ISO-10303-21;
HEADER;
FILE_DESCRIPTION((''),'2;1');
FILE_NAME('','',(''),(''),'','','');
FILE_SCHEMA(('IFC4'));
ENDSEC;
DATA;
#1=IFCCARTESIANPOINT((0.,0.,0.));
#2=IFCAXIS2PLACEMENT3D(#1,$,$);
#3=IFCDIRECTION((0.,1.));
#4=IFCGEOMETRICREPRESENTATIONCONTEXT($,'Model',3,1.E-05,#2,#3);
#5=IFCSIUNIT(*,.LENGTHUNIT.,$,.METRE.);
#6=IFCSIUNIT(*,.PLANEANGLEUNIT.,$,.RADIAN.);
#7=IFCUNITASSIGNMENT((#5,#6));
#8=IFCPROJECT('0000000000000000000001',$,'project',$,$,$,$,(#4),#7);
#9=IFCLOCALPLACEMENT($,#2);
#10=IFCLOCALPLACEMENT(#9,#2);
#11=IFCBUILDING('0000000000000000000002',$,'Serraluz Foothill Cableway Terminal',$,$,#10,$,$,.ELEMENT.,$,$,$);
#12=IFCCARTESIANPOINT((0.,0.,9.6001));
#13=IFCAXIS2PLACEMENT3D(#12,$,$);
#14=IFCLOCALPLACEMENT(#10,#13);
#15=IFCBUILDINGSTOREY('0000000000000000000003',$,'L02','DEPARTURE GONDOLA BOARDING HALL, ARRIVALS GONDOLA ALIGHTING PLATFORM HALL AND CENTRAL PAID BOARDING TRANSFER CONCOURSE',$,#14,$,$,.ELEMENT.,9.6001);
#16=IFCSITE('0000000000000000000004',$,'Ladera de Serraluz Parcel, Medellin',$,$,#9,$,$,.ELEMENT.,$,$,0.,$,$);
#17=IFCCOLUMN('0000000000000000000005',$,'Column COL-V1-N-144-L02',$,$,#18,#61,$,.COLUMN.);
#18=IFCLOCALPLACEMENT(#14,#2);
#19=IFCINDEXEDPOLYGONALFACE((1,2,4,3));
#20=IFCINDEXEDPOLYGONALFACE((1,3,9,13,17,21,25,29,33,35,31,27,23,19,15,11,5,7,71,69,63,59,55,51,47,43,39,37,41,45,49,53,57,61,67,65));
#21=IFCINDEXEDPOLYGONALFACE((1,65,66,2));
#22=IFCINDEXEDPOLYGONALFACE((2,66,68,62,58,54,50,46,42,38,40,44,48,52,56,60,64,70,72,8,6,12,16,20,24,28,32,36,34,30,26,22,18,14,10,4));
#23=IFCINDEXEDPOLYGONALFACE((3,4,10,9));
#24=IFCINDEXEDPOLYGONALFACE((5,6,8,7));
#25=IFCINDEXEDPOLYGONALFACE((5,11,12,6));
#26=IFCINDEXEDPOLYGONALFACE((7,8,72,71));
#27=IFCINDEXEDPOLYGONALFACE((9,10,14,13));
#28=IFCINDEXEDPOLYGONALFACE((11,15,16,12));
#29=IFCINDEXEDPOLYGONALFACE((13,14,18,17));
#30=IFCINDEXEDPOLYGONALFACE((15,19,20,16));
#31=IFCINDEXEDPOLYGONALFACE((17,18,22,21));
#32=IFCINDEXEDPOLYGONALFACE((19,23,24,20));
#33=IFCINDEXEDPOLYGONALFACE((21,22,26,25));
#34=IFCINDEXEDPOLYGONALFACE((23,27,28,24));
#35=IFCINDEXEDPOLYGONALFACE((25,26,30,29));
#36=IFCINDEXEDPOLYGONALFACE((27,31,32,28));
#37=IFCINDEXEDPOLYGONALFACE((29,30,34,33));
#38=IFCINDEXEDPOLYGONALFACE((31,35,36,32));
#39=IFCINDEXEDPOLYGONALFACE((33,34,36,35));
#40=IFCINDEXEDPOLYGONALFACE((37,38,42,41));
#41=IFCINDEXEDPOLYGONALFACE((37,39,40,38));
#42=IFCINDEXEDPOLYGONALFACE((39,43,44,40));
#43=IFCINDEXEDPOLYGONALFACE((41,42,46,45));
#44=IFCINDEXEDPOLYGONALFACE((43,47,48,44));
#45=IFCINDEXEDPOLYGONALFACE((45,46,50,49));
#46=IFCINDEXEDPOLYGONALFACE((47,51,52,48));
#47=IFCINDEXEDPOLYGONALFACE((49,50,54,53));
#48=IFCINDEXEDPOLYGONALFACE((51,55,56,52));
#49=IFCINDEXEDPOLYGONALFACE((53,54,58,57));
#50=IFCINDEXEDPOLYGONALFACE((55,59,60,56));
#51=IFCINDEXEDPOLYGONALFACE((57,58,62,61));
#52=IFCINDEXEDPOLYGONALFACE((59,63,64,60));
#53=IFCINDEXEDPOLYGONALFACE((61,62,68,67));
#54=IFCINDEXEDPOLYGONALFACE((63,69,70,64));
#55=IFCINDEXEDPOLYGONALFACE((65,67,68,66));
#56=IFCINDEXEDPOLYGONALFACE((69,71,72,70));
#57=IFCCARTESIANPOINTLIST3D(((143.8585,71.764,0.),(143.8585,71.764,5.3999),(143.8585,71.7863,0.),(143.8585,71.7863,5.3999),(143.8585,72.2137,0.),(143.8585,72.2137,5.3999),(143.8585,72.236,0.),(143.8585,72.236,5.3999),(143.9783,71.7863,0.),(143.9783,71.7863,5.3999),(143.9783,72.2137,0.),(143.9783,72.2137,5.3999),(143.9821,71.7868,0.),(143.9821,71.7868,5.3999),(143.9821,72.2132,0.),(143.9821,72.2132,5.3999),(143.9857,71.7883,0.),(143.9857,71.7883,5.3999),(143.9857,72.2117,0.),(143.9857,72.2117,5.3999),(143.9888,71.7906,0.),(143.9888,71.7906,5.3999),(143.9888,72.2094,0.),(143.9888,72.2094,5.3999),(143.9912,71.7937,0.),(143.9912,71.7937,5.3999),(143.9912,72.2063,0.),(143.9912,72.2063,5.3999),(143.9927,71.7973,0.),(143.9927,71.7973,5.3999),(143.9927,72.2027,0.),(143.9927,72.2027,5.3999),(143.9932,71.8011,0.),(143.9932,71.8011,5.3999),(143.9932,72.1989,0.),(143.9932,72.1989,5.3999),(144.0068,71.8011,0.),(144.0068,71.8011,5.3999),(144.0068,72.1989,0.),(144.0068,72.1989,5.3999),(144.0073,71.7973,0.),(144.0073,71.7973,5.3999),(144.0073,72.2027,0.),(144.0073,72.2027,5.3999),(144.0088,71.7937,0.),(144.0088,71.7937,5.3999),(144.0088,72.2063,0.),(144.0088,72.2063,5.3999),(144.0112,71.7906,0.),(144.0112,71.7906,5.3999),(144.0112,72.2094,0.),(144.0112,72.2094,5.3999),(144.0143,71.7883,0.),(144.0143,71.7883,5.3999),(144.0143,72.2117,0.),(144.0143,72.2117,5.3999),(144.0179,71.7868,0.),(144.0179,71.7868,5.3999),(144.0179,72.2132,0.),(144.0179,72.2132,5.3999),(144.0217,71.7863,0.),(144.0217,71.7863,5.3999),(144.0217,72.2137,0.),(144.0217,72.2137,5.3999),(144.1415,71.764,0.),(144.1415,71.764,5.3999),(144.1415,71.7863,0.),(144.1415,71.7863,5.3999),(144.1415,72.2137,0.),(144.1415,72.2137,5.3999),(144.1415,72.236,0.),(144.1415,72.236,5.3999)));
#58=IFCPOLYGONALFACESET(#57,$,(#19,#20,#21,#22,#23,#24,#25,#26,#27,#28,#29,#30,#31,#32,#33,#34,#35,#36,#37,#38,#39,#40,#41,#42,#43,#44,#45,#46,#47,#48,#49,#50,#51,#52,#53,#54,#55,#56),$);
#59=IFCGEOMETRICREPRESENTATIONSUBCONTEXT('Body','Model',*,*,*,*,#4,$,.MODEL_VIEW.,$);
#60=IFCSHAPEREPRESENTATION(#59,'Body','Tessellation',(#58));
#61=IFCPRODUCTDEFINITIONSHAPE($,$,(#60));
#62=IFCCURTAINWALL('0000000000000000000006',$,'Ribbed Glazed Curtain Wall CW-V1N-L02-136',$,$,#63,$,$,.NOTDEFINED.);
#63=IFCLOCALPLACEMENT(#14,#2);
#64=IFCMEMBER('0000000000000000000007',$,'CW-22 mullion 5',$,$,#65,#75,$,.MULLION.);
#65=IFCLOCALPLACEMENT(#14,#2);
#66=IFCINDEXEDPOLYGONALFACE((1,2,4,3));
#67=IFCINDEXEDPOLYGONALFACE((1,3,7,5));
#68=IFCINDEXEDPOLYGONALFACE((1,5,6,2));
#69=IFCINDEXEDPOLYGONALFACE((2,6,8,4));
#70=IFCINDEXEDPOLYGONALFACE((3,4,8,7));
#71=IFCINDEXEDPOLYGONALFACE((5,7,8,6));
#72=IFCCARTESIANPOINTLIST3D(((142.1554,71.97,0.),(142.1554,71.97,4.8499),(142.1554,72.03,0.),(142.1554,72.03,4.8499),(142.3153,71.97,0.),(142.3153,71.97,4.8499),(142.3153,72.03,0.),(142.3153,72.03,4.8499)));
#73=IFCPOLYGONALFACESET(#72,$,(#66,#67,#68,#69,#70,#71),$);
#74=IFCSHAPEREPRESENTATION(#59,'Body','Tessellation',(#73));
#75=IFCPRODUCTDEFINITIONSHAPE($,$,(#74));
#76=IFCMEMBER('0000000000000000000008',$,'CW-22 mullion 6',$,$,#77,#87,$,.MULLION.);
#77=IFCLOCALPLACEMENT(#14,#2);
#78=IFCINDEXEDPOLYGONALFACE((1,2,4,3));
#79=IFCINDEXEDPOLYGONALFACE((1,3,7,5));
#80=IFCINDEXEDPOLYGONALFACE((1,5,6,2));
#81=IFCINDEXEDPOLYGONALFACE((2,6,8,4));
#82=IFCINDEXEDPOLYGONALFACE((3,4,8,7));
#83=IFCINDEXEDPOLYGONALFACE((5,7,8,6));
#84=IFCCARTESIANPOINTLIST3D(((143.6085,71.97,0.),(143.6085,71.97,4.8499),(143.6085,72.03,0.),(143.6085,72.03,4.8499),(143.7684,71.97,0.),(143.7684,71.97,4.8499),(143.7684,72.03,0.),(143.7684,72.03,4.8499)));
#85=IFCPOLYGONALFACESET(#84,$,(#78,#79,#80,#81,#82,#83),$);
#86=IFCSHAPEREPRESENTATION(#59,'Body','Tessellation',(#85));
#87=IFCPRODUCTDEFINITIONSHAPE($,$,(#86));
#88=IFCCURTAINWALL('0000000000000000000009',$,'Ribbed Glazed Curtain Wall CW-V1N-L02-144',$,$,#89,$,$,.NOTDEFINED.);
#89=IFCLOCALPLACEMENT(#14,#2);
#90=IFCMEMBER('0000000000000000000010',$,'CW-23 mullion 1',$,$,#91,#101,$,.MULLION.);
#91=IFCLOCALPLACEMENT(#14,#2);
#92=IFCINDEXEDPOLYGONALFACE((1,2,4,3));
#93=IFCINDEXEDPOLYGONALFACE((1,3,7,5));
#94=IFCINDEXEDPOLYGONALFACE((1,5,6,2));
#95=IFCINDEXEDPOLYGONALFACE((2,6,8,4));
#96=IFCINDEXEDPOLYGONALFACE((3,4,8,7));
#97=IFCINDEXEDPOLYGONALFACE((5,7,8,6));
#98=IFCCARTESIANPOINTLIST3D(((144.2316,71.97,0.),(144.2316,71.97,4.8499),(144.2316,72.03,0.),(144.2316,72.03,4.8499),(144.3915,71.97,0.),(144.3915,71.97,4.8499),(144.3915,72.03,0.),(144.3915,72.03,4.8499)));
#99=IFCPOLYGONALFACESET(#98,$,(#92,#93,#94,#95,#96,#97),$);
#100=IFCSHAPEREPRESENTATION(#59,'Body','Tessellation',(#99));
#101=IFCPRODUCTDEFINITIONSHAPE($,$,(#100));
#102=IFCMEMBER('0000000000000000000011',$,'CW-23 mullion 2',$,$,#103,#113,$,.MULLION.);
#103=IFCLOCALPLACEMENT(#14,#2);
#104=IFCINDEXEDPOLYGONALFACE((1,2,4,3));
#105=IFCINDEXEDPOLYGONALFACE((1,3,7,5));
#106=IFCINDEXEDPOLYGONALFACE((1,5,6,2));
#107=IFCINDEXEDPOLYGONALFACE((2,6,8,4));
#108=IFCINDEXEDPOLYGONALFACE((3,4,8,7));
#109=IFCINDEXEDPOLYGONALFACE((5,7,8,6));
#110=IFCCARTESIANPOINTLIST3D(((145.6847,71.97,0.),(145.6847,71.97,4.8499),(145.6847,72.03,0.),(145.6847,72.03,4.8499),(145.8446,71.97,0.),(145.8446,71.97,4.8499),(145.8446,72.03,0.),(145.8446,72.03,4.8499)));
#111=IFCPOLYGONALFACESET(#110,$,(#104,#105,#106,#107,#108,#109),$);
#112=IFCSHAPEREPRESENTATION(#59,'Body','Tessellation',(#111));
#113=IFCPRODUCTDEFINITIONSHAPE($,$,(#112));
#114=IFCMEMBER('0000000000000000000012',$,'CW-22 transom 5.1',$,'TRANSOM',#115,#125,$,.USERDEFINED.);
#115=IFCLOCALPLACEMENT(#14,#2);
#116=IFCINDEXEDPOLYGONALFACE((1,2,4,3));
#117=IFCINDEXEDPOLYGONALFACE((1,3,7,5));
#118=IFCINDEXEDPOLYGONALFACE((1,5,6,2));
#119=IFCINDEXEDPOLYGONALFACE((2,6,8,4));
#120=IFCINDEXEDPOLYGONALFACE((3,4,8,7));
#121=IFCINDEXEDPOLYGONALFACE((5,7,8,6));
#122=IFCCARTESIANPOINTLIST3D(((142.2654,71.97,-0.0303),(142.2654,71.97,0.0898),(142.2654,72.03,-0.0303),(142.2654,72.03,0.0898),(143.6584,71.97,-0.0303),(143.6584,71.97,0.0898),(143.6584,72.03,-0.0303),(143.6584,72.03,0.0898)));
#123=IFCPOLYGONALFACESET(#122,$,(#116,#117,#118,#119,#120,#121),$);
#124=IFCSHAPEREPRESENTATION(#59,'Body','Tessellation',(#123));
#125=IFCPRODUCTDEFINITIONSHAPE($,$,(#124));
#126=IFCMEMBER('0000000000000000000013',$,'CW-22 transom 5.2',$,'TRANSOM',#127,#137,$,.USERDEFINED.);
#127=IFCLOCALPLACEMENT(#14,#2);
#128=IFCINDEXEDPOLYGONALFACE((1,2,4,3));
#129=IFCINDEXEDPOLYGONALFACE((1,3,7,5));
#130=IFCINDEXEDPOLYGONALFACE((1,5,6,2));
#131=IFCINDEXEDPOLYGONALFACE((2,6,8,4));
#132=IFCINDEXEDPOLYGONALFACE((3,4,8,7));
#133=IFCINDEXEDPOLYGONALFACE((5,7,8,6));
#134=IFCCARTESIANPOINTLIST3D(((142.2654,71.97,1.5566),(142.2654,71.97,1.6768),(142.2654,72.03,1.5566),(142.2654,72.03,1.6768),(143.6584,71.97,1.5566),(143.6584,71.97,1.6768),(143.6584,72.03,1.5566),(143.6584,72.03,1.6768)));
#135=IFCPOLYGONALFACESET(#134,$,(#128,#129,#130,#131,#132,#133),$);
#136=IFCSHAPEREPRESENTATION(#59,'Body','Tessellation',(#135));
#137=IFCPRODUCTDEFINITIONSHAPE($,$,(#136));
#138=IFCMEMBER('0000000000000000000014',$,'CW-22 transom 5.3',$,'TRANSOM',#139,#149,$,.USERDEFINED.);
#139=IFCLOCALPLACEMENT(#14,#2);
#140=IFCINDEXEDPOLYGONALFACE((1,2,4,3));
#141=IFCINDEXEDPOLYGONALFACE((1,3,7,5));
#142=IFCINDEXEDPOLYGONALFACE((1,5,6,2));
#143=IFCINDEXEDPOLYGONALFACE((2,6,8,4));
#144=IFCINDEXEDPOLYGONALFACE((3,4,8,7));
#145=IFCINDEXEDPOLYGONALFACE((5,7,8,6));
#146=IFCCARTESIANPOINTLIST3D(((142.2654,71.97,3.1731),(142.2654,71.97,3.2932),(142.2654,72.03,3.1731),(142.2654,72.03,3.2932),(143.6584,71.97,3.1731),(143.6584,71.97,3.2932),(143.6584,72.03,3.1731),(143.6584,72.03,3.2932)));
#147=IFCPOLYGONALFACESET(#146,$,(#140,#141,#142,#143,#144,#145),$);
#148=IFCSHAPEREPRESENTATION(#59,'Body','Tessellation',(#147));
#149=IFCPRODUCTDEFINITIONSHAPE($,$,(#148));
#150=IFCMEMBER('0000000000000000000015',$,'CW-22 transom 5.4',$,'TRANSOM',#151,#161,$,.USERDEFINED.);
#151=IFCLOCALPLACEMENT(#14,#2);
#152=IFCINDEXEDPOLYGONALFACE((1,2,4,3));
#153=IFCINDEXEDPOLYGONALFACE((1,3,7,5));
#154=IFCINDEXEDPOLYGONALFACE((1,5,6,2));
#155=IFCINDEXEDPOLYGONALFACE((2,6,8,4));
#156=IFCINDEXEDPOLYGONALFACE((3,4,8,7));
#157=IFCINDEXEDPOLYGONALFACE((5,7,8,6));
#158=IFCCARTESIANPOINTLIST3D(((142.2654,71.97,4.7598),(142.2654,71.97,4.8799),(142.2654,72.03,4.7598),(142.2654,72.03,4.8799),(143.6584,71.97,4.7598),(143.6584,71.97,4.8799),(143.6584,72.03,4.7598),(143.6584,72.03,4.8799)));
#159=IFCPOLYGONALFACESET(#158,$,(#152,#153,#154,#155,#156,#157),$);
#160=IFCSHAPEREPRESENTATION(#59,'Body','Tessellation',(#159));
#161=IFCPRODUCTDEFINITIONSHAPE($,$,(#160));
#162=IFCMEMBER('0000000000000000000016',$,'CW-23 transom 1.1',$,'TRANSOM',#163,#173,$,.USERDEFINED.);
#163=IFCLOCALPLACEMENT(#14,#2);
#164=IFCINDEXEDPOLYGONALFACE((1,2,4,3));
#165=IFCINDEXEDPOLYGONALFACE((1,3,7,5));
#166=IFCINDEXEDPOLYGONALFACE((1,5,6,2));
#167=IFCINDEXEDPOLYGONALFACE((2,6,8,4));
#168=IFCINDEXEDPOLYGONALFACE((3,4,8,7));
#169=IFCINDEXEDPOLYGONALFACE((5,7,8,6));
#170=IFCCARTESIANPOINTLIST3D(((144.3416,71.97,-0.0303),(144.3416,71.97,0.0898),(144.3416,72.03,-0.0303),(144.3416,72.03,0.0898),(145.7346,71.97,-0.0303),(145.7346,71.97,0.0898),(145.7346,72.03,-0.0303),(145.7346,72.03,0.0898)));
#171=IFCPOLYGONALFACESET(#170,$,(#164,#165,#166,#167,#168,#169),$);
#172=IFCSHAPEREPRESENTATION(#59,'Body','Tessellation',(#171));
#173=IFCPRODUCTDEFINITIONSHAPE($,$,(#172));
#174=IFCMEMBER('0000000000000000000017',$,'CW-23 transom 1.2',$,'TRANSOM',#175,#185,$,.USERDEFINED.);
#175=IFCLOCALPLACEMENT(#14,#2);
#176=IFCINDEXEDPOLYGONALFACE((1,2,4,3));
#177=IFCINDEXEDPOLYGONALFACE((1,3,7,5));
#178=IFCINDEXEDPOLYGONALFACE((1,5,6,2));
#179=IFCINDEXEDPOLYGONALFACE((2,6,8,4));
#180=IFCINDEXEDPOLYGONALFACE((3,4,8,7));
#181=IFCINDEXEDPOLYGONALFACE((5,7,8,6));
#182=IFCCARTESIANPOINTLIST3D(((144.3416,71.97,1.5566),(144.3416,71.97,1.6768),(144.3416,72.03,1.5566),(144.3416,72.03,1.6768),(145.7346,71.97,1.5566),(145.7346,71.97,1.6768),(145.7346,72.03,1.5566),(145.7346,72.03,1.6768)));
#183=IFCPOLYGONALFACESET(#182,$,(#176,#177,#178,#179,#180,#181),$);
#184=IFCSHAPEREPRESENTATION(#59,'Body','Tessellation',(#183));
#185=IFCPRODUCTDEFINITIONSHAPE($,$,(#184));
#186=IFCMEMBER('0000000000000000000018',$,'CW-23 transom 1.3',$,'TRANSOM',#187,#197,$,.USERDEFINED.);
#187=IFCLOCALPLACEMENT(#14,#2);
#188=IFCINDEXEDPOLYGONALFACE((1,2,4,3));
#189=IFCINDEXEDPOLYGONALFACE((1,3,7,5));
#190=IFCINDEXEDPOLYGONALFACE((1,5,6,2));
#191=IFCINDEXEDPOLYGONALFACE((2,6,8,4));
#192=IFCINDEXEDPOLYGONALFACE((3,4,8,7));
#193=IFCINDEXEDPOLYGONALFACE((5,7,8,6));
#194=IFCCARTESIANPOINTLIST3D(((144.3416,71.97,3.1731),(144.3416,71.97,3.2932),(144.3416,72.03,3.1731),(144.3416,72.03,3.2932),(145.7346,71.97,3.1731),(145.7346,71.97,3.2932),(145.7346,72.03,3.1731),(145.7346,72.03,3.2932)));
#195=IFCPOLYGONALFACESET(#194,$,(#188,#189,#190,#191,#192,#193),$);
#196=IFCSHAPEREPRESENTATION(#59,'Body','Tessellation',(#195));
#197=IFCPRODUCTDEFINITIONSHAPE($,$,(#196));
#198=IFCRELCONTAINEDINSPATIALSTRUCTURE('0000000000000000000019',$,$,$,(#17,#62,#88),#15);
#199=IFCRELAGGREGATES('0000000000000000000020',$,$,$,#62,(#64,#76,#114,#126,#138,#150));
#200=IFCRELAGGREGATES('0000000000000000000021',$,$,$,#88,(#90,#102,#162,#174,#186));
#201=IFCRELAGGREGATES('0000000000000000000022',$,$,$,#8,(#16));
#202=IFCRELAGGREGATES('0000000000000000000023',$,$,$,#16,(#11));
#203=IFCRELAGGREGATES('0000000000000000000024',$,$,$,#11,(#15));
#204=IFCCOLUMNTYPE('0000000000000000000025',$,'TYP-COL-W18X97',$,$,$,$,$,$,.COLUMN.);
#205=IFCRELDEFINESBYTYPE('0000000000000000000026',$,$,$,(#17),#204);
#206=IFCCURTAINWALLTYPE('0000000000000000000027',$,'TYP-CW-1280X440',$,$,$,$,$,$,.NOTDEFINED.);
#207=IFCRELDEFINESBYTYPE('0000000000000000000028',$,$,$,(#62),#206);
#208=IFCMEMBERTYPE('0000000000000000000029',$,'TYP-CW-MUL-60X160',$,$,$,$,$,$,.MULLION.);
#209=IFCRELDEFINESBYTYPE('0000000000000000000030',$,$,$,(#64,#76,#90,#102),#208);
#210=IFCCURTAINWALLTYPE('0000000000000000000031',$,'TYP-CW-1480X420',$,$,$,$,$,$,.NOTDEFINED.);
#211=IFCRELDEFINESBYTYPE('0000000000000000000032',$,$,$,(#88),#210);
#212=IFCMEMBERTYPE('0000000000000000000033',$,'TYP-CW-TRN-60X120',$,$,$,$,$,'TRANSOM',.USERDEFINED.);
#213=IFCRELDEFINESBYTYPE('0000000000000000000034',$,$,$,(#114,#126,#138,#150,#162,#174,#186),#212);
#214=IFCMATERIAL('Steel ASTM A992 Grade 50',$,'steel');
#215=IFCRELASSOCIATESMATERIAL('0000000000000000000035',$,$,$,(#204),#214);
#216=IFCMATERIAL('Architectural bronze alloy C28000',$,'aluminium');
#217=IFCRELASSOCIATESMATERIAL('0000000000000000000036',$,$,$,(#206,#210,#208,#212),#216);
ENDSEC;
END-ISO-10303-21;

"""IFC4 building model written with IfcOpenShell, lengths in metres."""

from ifc_helpers import new_model, si_unit, direction, frame, origin, origin_2d, place, context, subcontext, project, spatial, rectangle, i_section, extrude, material, material_profile, profile_set, type_object, element, aggregate, save


model = new_model("IFC4")

# Units and contexts
model_context = context("Model", 3, precision=1e-05, world=origin(), true_north=direction((0.0, 1.0)))
body_context = subcontext(model_context, "Body", "Model", "MODEL_VIEW")
ifc_project = project(units=[si_unit("LENGTHUNIT", "METRE"), si_unit("PLANEANGLEUNIT", "RADIAN")], contexts=[model_context])

# Site, building, storey
site_placement = place(None, origin())
site = spatial("IfcSite", under=ifc_project, at=site_placement, Name="Ladera de Serraluz Parcel, Medellin", CompositionType="ELEMENT", RefElevation=0.0)
building_placement = place(site_placement, origin())
building = spatial("IfcBuilding", under=site, at=building_placement, Name="Serraluz Foothill Cableway Terminal", CompositionType="ELEMENT")
storey_placement = place(building_placement, frame((0.0, 0.0, 9.6001)))
storey = spatial("IfcBuildingStorey", under=building, at=storey_placement, Name="L02", Description="DEPARTURE GONDOLA BOARDING HALL, ARRIVALS GONDOLA ALIGHTING PLATFORM HALL AND CENTRAL PAID BOARDING TRANSFER CONCOURSE", CompositionType="ELEMENT", Elevation=9.6001)

# Column
ifc_material_1 = material(Name="Steel ASTM A992 Grade 50", Category="steel")
ifc_material_profile_1 = material_profile(ifc_material_1, i_section(OverallWidth=0.283, OverallDepth=0.4719, WebThickness=0.0137, FlangeThickness=0.0222, FilletRadius=0.0149, at=origin_2d()), Name="W18X97")
ifc_profile_set_1 = profile_set([ifc_material_profile_1], Name="Steel ASTM A992 Grade 50")
column_type = type_object("IfcColumnType", Name="TYP-COL-W18X97", PredefinedType="COLUMN", material=ifc_profile_set_1)
column_placement = place(storey_placement, frame((144.0, 72.0, 0.0), z_axis=(0.0, 0.0, 1.0), x_axis=(1.0, 0.0, 0.0)))
element("IfcColumn", 1, at=column_placement, inside=storey, type_object=column_type, Name="Column COL-V1-N-144-L02", PredefinedType="COLUMN", context=body_context, shape_type="SweptSolid", body=[
    extrude(i_section(OverallWidth=0.283, OverallDepth=0.4719, WebThickness=0.0137, FlangeThickness=0.0222, FilletRadius=0.0149, at=origin_2d()), origin(), (0.0, 0.0, 1.0), 5.3999),
])

# Curtain walls, members
ifc_material_2 = material(Name="Architectural bronze alloy C28000", Category="aluminium")
curtain_wall_type_1 = type_object("IfcCurtainWallType", Name="TYP-CW-1280X440", PredefinedType="NOTDEFINED", material=ifc_material_2)
curtain_wall_1_placement = place(storey_placement, origin())
curtain_wall_1 = element("IfcCurtainWall", 2, at=curtain_wall_1_placement, inside=storey, type_object=curtain_wall_type_1, Name="Ribbed Glazed Curtain Wall CW-V1N-L02-136", PredefinedType="NOTDEFINED")
ifc_material_profile_2 = material_profile(ifc_material_2, rectangle(XDim=0.0601, YDim=0.1599, at=origin_2d()), Name="ALU MULLION 60x160")
ifc_profile_set_2 = profile_set([ifc_material_profile_2], Name="Architectural bronze alloy C28000")
member_type_1 = type_object("IfcMemberType", Name="TYP-CW-MUL-60X160", PredefinedType="MULLION", material=ifc_profile_set_2)
member_1_placement = place(storey_placement, frame((142.2354, 72.0, 0.0), z_axis=(0.0, 0.0, 1.0), x_axis=(0.0, 1.0, 0.0)))
member_1 = element("IfcMember", 3, at=member_1_placement, type_object=member_type_1, Name="CW-22 mullion 5", PredefinedType="MULLION", context=body_context, shape_type="SweptSolid", body=[
    extrude(rectangle(XDim=0.0601, YDim=0.1599, at=origin_2d()), origin(), (0.0, 0.0, 1.0), 4.8499),
])
member_2_placement = place(storey_placement, frame((143.6885, 72.0, 0.0), z_axis=(0.0, 0.0, 1.0), x_axis=(0.0, 1.0, 0.0)))
member_2 = element("IfcMember", 4, at=member_2_placement, type_object=member_type_1, Name="CW-22 mullion 6", PredefinedType="MULLION", context=body_context, shape_type="SweptSolid", body=[
    extrude(rectangle(XDim=0.0601, YDim=0.1599, at=origin_2d()), origin(), (0.0, 0.0, 1.0), 4.8499),
])
curtain_wall_type_2 = type_object("IfcCurtainWallType", Name="TYP-CW-1480X420", PredefinedType="NOTDEFINED", material=ifc_material_2)
curtain_wall_2_placement = place(storey_placement, origin())
curtain_wall_2 = element("IfcCurtainWall", 5, at=curtain_wall_2_placement, inside=storey, type_object=curtain_wall_type_2, Name="Ribbed Glazed Curtain Wall CW-V1N-L02-144", PredefinedType="NOTDEFINED")
member_3_placement = place(storey_placement, frame((144.3115, 72.0, 0.0), z_axis=(0.0, 0.0, 1.0), x_axis=(0.0, 1.0, 0.0)))
member_3 = element("IfcMember", 6, at=member_3_placement, type_object=member_type_1, Name="CW-23 mullion 1", PredefinedType="MULLION", context=body_context, shape_type="SweptSolid", body=[
    extrude(rectangle(XDim=0.0601, YDim=0.1599, at=origin_2d()), origin(), (0.0, 0.0, 1.0), 4.8499),
])
member_4_placement = place(storey_placement, frame((145.7646, 72.0, 0.0), z_axis=(0.0, 0.0, 1.0), x_axis=(0.0, 1.0, 0.0)))
member_4 = element("IfcMember", 7, at=member_4_placement, type_object=member_type_1, Name="CW-23 mullion 2", PredefinedType="MULLION", context=body_context, shape_type="SweptSolid", body=[
    extrude(rectangle(XDim=0.0601, YDim=0.1599, at=origin_2d()), origin(), (0.0, 0.0, 1.0), 4.8499),
])

# Members
ifc_material_profile_3 = material_profile(ifc_material_2, rectangle(XDim=0.0601, YDim=0.1201, at=origin_2d()), Name="ALU TRANSOM 60x120")
ifc_profile_set_3 = profile_set([ifc_material_profile_3], Name="Architectural bronze alloy C28000")
member_type_2 = type_object("IfcMemberType", Name="TYP-CW-TRN-60X120", ElementType="TRANSOM", PredefinedType="USERDEFINED", material=ifc_profile_set_3)
member_5_placement = place(storey_placement, frame((142.2654, 72.0, 0.0298), z_axis=(1.0, 0.0, 0.0), x_axis=(0.0, 1.0, 0.0)))
member_5 = element("IfcMember", 8, at=member_5_placement, type_object=member_type_2, Name="CW-22 transom 5.1", ObjectType="TRANSOM", PredefinedType="USERDEFINED", context=body_context, shape_type="SweptSolid", body=[
    extrude(rectangle(XDim=0.0601, YDim=0.1201, at=origin_2d()), origin(), (0.0, 0.0, 1.0), 1.3931),
])
member_6_placement = place(storey_placement, frame((142.2654, 72.0, 1.6167), z_axis=(1.0, 0.0, 0.0), x_axis=(0.0, 1.0, 0.0)))
member_6 = element("IfcMember", 9, at=member_6_placement, type_object=member_type_2, Name="CW-22 transom 5.2", ObjectType="TRANSOM", PredefinedType="USERDEFINED", context=body_context, shape_type="SweptSolid", body=[
    extrude(rectangle(XDim=0.0601, YDim=0.1201, at=origin_2d()), origin(), (0.0, 0.0, 1.0), 1.3931),
])
member_7_placement = place(storey_placement, frame((142.2654, 72.0, 3.2332), z_axis=(1.0, 0.0, 0.0), x_axis=(0.0, 1.0, 0.0)))
member_7 = element("IfcMember", 10, at=member_7_placement, type_object=member_type_2, Name="CW-22 transom 5.3", ObjectType="TRANSOM", PredefinedType="USERDEFINED", context=body_context, shape_type="SweptSolid", body=[
    extrude(rectangle(XDim=0.0601, YDim=0.1201, at=origin_2d()), origin(), (0.0, 0.0, 1.0), 1.3931),
])
member_8_placement = place(storey_placement, frame((142.2654, 72.0, 4.8198), z_axis=(1.0, 0.0, 0.0), x_axis=(0.0, 1.0, 0.0)))
member_8 = element("IfcMember", 11, at=member_8_placement, type_object=member_type_2, Name="CW-22 transom 5.4", ObjectType="TRANSOM", PredefinedType="USERDEFINED", context=body_context, shape_type="SweptSolid", body=[
    extrude(rectangle(XDim=0.0601, YDim=0.1201, at=origin_2d()), origin(), (0.0, 0.0, 1.0), 1.3931),
])
member_9_placement = place(storey_placement, frame((144.3416, 72.0, 0.0298), z_axis=(1.0, 0.0, 0.0), x_axis=(0.0, 1.0, 0.0)))
member_9 = element("IfcMember", 12, at=member_9_placement, type_object=member_type_2, Name="CW-23 transom 1.1", ObjectType="TRANSOM", PredefinedType="USERDEFINED", context=body_context, shape_type="SweptSolid", body=[
    extrude(rectangle(XDim=0.0601, YDim=0.1201, at=origin_2d()), origin(), (0.0, 0.0, 1.0), 1.3931),
])
member_10_placement = place(storey_placement, frame((144.3416, 72.0, 1.6167), z_axis=(1.0, 0.0, 0.0), x_axis=(0.0, 1.0, 0.0)))
member_10 = element("IfcMember", 13, at=member_10_placement, type_object=member_type_2, Name="CW-23 transom 1.2", ObjectType="TRANSOM", PredefinedType="USERDEFINED", context=body_context, shape_type="SweptSolid", body=[
    extrude(rectangle(XDim=0.0601, YDim=0.1201, at=origin_2d()), origin(), (0.0, 0.0, 1.0), 1.3931),
])
member_11_placement = place(storey_placement, frame((144.3416, 72.0, 3.2332), z_axis=(1.0, 0.0, 0.0), x_axis=(0.0, 1.0, 0.0)))
member_11 = element("IfcMember", 14, at=member_11_placement, type_object=member_type_2, Name="CW-23 transom 1.3", ObjectType="TRANSOM", PredefinedType="USERDEFINED", context=body_context, shape_type="SweptSolid", body=[
    extrude(rectangle(XDim=0.0601, YDim=0.1201, at=origin_2d()), origin(), (0.0, 0.0, 1.0), 1.3931),
])

aggregate(curtain_wall_1, [member_1, member_2, member_5, member_6, member_7, member_8])
aggregate(curtain_wall_2, [member_3, member_4, member_9, member_10, member_11])

save(model, "model.ifc")
